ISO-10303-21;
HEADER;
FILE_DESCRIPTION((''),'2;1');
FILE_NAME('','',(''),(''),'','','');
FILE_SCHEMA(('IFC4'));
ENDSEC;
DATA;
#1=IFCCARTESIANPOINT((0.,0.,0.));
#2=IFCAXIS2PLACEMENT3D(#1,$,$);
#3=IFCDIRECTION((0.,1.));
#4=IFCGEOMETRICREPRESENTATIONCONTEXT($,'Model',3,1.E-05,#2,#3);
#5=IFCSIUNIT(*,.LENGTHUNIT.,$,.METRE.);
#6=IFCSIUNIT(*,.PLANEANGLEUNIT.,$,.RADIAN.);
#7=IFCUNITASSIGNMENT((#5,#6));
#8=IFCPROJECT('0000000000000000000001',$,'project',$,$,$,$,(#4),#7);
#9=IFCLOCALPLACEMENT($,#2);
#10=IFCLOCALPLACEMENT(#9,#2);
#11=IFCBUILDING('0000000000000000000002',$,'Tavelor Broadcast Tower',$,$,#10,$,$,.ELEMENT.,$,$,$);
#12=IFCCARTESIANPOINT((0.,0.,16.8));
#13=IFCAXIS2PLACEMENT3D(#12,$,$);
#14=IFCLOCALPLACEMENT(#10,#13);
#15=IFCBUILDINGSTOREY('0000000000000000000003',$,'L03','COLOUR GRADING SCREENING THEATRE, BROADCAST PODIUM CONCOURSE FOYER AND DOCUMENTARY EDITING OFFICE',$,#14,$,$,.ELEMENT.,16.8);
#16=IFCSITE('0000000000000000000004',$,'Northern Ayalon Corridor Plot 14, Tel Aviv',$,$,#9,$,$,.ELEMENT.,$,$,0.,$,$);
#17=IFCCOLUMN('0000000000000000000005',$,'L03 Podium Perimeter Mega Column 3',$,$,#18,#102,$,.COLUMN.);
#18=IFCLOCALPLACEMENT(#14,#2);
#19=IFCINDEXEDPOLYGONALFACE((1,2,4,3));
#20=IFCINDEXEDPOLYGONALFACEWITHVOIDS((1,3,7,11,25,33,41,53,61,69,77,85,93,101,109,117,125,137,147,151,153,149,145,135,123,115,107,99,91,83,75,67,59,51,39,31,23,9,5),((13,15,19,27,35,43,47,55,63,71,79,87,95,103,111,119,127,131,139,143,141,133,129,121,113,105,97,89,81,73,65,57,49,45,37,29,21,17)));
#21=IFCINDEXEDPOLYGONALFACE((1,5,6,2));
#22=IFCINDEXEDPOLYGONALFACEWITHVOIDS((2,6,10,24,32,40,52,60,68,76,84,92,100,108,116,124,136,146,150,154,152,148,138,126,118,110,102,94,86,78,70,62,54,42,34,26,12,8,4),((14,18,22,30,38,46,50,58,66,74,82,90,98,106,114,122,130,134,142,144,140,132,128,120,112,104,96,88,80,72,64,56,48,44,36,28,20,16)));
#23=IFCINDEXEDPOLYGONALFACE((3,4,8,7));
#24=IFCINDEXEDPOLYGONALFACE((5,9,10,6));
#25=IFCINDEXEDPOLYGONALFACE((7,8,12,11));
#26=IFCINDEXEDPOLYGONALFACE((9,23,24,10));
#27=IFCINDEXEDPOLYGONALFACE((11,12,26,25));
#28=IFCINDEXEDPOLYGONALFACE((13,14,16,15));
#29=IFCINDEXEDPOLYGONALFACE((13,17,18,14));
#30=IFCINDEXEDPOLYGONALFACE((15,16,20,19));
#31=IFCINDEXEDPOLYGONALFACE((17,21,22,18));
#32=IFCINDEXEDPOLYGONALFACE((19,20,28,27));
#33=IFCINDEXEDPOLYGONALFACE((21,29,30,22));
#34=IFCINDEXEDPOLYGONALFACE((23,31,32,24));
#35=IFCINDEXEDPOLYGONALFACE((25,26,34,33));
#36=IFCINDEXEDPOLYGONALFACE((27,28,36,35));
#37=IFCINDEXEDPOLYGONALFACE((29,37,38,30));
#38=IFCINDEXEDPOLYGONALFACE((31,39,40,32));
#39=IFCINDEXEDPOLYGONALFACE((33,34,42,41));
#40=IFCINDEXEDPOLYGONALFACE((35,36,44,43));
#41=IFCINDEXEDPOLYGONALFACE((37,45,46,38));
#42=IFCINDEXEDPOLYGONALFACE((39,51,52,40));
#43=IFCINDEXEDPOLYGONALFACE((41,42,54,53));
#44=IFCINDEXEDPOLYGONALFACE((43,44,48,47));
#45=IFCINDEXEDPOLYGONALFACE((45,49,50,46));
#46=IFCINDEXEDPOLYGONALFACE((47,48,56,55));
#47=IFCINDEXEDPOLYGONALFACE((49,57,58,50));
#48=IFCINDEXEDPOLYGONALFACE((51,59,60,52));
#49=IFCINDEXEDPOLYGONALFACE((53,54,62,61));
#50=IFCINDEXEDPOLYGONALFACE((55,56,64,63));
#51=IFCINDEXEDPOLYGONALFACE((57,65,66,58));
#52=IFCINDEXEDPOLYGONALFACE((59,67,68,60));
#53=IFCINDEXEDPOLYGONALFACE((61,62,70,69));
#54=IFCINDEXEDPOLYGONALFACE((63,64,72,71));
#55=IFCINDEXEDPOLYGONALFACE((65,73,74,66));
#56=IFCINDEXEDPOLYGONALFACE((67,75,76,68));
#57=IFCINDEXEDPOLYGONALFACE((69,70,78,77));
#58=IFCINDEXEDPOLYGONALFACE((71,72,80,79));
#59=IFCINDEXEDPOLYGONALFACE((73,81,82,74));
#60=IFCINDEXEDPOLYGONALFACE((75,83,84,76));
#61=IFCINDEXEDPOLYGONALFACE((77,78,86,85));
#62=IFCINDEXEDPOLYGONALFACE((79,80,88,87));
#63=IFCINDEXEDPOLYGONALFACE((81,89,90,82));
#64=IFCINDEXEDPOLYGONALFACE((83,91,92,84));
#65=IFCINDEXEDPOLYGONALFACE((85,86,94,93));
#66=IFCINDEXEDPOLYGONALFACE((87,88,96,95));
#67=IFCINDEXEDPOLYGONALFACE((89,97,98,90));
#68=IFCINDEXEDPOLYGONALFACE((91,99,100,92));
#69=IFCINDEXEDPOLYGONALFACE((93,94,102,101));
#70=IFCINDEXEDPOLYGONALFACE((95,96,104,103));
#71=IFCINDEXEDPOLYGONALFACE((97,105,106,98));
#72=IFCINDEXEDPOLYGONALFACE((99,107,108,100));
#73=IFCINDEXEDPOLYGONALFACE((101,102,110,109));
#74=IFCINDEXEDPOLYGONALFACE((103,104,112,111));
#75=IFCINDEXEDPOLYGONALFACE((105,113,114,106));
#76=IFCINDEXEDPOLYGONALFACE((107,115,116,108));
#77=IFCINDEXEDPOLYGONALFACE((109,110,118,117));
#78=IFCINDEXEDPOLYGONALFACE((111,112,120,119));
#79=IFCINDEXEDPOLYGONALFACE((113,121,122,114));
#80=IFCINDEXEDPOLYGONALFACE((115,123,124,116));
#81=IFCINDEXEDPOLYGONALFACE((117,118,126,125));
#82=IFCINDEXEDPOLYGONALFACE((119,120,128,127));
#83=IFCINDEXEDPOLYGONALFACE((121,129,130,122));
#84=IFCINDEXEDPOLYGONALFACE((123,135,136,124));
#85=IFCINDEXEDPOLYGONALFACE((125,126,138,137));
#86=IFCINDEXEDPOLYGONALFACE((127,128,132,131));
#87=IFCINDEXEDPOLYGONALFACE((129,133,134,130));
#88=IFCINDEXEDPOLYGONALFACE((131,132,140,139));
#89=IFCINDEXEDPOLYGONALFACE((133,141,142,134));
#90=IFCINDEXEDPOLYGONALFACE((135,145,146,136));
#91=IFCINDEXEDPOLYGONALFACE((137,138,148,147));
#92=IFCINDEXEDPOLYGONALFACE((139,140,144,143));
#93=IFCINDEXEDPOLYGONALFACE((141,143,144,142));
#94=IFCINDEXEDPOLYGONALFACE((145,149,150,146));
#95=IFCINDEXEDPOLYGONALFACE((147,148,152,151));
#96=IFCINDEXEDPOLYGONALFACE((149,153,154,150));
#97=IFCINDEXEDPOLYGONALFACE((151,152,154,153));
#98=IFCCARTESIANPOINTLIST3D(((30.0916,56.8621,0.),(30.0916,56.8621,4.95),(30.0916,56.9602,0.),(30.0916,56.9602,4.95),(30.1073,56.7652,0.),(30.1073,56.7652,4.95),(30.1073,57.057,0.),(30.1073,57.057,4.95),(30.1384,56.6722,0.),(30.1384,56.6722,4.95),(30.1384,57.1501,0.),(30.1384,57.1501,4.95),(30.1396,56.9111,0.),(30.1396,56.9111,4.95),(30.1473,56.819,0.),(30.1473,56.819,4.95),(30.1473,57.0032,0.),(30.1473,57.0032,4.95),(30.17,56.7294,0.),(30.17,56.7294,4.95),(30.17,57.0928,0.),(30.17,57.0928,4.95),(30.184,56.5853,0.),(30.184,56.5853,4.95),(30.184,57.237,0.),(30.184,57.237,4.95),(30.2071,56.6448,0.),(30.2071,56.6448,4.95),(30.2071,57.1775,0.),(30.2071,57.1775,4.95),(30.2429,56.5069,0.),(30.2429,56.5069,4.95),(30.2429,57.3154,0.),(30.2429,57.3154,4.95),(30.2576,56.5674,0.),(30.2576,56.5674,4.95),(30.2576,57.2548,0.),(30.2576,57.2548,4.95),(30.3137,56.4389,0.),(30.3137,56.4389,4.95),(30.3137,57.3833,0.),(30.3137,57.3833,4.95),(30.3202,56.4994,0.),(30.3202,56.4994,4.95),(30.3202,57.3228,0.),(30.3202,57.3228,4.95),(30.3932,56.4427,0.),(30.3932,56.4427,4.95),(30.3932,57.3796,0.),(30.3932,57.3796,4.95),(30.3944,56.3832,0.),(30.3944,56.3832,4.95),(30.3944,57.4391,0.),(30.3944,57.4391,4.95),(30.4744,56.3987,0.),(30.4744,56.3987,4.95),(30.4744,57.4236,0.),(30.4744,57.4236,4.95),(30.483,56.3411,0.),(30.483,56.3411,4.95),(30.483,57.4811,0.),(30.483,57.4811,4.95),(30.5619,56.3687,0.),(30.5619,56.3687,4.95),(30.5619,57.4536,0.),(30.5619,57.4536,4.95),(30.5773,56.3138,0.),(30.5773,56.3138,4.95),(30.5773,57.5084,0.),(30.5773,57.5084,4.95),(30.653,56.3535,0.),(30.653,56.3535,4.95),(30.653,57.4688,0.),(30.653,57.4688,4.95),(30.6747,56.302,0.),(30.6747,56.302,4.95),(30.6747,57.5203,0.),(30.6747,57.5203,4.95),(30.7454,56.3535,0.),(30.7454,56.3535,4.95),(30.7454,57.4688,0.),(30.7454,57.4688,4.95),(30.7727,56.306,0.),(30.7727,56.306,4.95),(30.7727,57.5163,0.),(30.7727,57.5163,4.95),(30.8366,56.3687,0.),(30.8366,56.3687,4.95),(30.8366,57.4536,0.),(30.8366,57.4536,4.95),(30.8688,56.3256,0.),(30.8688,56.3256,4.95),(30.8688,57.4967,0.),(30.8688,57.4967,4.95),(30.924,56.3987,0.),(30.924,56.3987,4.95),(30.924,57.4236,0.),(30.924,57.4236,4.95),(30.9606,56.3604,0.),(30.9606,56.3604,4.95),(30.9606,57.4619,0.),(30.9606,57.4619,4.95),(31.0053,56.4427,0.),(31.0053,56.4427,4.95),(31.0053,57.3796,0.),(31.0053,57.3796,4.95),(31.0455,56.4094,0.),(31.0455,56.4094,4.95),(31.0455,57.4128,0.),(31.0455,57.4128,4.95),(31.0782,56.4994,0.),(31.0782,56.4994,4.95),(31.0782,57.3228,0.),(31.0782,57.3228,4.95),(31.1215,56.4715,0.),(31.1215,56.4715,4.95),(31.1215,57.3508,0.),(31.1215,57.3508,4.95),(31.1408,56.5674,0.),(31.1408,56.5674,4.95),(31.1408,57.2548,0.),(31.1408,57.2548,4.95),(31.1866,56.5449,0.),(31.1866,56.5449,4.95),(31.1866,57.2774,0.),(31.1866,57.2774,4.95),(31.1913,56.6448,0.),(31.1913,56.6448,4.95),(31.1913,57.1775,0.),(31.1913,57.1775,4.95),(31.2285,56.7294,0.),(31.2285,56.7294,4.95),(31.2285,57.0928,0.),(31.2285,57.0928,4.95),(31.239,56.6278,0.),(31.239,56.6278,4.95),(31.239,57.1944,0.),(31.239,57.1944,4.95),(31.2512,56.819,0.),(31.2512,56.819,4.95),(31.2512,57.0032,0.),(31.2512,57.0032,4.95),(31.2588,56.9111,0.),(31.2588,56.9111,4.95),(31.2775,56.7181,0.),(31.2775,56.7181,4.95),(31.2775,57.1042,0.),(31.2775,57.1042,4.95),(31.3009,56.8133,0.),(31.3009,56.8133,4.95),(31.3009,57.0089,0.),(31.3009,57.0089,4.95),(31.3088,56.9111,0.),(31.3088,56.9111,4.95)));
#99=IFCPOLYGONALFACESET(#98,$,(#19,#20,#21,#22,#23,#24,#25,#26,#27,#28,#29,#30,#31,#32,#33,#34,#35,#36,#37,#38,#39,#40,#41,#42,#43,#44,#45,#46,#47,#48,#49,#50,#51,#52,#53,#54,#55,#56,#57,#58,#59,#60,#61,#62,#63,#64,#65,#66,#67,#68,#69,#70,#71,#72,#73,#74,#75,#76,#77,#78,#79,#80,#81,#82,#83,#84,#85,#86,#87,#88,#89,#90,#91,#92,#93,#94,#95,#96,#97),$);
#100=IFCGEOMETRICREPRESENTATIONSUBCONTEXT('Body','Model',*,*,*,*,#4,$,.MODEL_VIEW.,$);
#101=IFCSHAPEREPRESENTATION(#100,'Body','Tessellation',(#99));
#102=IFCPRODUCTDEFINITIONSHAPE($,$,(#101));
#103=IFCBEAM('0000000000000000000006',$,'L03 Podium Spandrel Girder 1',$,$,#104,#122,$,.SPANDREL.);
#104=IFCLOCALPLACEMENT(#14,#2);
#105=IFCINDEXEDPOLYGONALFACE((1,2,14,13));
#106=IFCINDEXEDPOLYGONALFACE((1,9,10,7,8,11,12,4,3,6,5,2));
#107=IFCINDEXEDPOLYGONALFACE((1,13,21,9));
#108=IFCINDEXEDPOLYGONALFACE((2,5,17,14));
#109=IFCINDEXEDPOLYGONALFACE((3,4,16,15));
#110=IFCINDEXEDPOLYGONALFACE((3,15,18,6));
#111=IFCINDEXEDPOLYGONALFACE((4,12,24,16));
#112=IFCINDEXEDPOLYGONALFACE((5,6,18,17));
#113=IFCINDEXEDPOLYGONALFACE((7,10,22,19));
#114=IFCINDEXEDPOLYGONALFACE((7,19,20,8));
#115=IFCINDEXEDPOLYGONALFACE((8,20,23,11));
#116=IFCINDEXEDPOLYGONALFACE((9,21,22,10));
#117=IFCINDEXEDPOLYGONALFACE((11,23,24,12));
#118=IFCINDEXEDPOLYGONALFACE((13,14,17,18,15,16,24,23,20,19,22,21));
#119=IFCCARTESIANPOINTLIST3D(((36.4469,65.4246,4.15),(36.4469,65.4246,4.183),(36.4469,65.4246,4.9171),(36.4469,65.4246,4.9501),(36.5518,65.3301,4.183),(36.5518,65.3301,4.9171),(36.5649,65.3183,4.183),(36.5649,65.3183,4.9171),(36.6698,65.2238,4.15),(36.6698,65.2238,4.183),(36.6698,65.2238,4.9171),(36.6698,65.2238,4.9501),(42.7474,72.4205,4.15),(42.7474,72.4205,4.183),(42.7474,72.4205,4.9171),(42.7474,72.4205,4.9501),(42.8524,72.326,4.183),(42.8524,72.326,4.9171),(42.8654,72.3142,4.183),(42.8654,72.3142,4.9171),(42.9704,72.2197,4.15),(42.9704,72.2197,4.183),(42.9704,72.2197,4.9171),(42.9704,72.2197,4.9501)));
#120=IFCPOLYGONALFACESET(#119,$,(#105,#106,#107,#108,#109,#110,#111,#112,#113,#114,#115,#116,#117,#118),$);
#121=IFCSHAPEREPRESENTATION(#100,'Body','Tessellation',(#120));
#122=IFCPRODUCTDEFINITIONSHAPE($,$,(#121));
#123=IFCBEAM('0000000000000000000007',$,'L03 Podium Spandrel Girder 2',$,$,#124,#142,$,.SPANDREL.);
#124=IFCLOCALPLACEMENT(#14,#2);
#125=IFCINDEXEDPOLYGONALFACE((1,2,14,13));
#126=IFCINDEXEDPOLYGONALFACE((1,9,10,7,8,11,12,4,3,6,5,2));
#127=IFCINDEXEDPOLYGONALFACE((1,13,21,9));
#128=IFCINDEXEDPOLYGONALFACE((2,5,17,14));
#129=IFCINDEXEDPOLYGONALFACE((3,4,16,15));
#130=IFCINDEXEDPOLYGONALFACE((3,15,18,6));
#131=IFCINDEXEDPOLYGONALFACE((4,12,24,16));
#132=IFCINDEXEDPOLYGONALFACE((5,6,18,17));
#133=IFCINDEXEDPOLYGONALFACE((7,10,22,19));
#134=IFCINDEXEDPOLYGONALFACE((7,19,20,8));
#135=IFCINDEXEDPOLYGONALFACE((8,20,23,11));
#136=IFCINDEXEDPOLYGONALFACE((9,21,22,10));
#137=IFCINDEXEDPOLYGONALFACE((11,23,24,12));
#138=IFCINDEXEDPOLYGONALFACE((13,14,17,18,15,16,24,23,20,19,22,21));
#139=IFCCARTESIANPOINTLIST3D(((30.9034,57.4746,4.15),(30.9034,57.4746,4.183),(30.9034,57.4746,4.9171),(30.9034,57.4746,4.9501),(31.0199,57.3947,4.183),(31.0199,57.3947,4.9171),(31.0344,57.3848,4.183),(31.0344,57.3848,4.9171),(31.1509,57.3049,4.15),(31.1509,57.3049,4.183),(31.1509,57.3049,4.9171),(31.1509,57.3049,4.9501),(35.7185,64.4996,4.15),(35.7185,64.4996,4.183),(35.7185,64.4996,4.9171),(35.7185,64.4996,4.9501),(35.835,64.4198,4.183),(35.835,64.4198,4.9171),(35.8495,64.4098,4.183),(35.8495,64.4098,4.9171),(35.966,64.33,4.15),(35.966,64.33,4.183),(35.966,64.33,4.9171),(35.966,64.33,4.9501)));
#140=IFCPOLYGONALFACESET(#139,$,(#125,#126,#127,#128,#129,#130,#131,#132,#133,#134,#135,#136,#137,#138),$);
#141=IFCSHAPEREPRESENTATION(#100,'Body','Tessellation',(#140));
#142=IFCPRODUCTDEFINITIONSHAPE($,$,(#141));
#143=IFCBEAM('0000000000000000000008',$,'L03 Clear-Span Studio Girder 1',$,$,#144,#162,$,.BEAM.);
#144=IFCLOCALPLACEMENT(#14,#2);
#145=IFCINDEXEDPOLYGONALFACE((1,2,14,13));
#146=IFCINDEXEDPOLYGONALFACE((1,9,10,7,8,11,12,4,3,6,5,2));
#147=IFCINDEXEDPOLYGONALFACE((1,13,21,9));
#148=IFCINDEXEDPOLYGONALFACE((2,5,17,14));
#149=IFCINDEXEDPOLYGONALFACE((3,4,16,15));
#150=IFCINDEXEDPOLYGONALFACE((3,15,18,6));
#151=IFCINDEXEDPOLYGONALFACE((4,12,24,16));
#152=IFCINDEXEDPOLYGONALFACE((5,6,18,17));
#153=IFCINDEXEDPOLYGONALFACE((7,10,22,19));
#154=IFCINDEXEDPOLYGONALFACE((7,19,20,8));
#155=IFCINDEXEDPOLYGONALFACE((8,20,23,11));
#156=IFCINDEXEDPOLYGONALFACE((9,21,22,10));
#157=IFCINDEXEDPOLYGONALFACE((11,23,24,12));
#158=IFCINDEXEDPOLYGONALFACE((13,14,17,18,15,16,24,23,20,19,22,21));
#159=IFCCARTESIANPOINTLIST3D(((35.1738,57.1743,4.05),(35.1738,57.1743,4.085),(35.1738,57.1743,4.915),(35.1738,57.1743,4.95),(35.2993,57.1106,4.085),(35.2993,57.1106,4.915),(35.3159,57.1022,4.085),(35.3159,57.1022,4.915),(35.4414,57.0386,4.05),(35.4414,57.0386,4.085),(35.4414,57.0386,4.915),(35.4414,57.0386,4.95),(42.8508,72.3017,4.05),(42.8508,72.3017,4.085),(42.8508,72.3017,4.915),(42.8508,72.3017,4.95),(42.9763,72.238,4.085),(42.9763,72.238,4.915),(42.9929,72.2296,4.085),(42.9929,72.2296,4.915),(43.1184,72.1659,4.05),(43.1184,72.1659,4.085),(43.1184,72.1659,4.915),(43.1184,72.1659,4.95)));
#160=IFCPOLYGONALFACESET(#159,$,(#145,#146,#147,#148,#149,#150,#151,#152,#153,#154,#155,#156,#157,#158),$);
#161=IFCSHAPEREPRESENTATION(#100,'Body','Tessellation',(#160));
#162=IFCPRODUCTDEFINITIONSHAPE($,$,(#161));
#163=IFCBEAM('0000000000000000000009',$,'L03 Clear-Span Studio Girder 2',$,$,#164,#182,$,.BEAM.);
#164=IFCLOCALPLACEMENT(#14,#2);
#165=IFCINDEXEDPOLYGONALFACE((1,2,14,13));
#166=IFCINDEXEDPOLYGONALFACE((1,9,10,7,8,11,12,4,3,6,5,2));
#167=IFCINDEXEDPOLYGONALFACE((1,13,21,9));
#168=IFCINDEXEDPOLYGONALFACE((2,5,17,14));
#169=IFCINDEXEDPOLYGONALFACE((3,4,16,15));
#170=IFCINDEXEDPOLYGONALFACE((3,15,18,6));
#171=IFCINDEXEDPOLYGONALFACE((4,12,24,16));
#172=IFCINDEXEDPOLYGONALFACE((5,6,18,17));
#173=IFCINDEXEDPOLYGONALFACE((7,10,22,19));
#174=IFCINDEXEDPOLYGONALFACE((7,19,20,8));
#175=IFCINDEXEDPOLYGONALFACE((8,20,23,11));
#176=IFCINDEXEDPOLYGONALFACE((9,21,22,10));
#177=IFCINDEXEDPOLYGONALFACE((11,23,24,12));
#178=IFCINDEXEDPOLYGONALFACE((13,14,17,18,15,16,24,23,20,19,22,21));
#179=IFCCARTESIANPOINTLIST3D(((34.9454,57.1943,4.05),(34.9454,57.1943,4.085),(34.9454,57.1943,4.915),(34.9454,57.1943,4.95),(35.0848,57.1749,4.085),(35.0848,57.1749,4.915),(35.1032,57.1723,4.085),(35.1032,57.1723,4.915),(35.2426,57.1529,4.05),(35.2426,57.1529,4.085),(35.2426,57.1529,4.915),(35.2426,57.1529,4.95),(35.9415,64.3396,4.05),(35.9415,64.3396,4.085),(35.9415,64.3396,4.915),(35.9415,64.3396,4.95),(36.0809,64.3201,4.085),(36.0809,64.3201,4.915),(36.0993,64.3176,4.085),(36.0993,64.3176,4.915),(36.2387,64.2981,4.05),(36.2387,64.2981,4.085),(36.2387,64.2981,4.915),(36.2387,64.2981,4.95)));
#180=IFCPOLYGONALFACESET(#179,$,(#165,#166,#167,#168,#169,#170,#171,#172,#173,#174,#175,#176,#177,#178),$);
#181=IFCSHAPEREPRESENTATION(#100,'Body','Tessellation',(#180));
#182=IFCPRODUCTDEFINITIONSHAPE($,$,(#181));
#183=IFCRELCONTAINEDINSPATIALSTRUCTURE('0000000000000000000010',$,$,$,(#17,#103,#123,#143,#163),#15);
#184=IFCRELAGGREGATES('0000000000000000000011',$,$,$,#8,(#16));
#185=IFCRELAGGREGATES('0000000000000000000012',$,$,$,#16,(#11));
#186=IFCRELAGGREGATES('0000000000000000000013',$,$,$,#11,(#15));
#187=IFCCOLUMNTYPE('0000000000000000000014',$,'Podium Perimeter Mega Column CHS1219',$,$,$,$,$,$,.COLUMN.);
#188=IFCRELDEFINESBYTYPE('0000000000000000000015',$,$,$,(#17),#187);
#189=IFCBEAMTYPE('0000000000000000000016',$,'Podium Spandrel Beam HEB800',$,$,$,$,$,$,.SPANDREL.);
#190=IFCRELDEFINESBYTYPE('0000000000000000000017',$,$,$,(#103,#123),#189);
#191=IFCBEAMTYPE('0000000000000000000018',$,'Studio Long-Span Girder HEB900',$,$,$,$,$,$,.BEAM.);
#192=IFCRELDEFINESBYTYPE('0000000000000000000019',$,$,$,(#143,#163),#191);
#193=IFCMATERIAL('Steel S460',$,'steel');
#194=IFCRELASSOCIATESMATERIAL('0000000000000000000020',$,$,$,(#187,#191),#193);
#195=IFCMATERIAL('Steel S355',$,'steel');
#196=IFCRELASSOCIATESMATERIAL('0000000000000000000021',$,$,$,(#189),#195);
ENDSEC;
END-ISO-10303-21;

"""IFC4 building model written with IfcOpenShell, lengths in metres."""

from ifc_helpers import new_model, si_unit, direction, frame, origin, origin_2d, place, context, subcontext, project, spatial, hollow_circle, i_section, extrude, material, material_profile, profile_set, type_object, element, save


model = new_model("IFC4")

# Units and contexts
model_context = context("Model", 3, precision=1e-05, world=origin(), true_north=direction((0.0, 1.0)))
body_context = subcontext(model_context, "Body", "Model", "MODEL_VIEW")
ifc_project = project(units=[si_unit("LENGTHUNIT", "METRE"), si_unit("PLANEANGLEUNIT", "RADIAN")], contexts=[model_context])

# Site, building, storey
site_placement = place(None, origin())
site = spatial("IfcSite", under=ifc_project, at=site_placement, Name="Northern Ayalon Corridor Plot 14, Tel Aviv", CompositionType="ELEMENT", RefElevation=0.0)
building_placement = place(site_placement, origin())
building = spatial("IfcBuilding", under=site, at=building_placement, Name="Tavelor Broadcast Tower", CompositionType="ELEMENT")
storey_placement = place(building_placement, frame((0.0, 0.0, 16.8)))
storey = spatial("IfcBuildingStorey", under=building, at=storey_placement, Name="L03", Description="COLOUR GRADING SCREENING THEATRE, BROADCAST PODIUM CONCOURSE FOYER AND DOCUMENTARY EDITING OFFICE", CompositionType="ELEMENT", Elevation=16.8)

# Column
ifc_material_1 = material(Name="Steel S460", Category="steel")
ifc_material_profile_1 = material_profile(ifc_material_1, hollow_circle(Radius=0.6096, WallThickness=0.05, at=origin_2d()), Name="CHS 1219x50")
ifc_profile_set_1 = profile_set([ifc_material_profile_1], Name="Steel S460")
column_type = type_object("IfcColumnType", Name="Podium Perimeter Mega Column CHS1219", PredefinedType="COLUMN", material=ifc_profile_set_1)
for number, where, z_axis, x_axis, name in (
    (1, (30.6992, 56.9111, 0.0), (0.0, 0.0, 1.0), (1.0, 0.0, 0.0), "L03 Podium Perimeter Mega Column 3"),
):
    element("IfcColumn", number, at=place(storey_placement, frame(where, z_axis=z_axis, x_axis=x_axis)), inside=storey, type_object=column_type, Name=name, PredefinedType="COLUMN", context=body_context, shape_type="SweptSolid", body=[
        extrude(hollow_circle(Radius=0.6096, WallThickness=0.05, at=origin_2d()), origin(), (0.0, 0.0, 1.0), 4.95),
    ])

# Beams
ifc_material_2 = material(Name="Steel S355", Category="steel")
ifc_material_profile_2 = material_profile(ifc_material_2, i_section(OverallWidth=0.3, OverallDepth=0.8, WebThickness=0.0176, FlangeThickness=0.033, at=origin_2d()), Name="HEB 800")
ifc_profile_set_2 = profile_set([ifc_material_profile_2], Name="Steel S355")
beam_type_1 = type_object("IfcBeamType", Name="Podium Spandrel Beam HEB800", PredefinedType="SPANDREL", material=ifc_profile_set_2)
beam_1_placement = place(storey_placement, frame((42.8589, 72.3201, 4.55), z_axis=(-0.669215, -0.743068, 0.0), x_axis=(0.743068, -0.669215, 0.0)))
element("IfcBeam", 2, at=beam_1_placement, inside=storey, type_object=beam_type_1, Name="L03 Podium Spandrel Girder 1", PredefinedType="SPANDREL", context=body_context, shape_type="SweptSolid", body=[
    extrude(i_section(OverallWidth=0.3, OverallDepth=0.8, WebThickness=0.0176, FlangeThickness=0.033, at=origin_2d()), origin(), (0.0, 0.0, 1.0), 9.4148),
])
beam_2_placement = place(storey_placement, frame((35.8423, 64.4148, 4.55), z_axis=(-0.565364, -0.824842, 0.0), x_axis=(0.824842, -0.565364, 0.0)))
element("IfcBeam", 3, at=beam_2_placement, inside=storey, type_object=beam_type_1, Name="L03 Podium Spandrel Girder 2", PredefinedType="SPANDREL", context=body_context, shape_type="SweptSolid", body=[
    extrude(i_section(OverallWidth=0.3, OverallDepth=0.8, WebThickness=0.0176, FlangeThickness=0.033, at=origin_2d()), origin(), (0.0, 0.0, 1.0), 8.5168),
])
ifc_material_profile_3 = material_profile(ifc_material_1, i_section(OverallWidth=0.3, OverallDepth=0.8999, WebThickness=0.0186, FlangeThickness=0.0349, at=origin_2d()), Name="HEB 900")
ifc_profile_set_3 = profile_set([ifc_material_profile_3], Name="Steel S460")
beam_type_2 = type_object("IfcBeamType", Name="Studio Long-Span Girder HEB900", PredefinedType="BEAM", material=ifc_profile_set_3)
beam_3_placement = place(storey_placement, frame((35.3076, 57.1064, 4.5), z_axis=(0.452548, 0.89174, 0.0), x_axis=(-0.89174, 0.452548, 0.0)))
element("IfcBeam", 4, at=beam_3_placement, inside=storey, type_object=beam_type_2, Name="L03 Clear-Span Studio Girder 1", PredefinedType="BEAM", context=body_context, shape_type="SweptSolid", body=[
    extrude(i_section(OverallWidth=0.3, OverallDepth=0.8999, WebThickness=0.0186, FlangeThickness=0.0349, at=origin_2d()), origin(), (0.0, 0.0, 1.0), 16.9639),
])
beam_4_placement = place(storey_placement, frame((35.094, 57.1736, 4.5), z_axis=(0.138071, 0.990422, 0.0), x_axis=(-0.990422, 0.138071, 0.0)))
element("IfcBeam", 5, at=beam_4_placement, inside=storey, type_object=beam_type_2, Name="L03 Clear-Span Studio Girder 2", PredefinedType="BEAM", context=body_context, shape_type="SweptSolid", body=[
    extrude(i_section(OverallWidth=0.3, OverallDepth=0.8999, WebThickness=0.0186, FlangeThickness=0.0349, at=origin_2d()), origin(), (0.0, 0.0, 1.0), 7.2144),
])

save(model, "model.ifc")
